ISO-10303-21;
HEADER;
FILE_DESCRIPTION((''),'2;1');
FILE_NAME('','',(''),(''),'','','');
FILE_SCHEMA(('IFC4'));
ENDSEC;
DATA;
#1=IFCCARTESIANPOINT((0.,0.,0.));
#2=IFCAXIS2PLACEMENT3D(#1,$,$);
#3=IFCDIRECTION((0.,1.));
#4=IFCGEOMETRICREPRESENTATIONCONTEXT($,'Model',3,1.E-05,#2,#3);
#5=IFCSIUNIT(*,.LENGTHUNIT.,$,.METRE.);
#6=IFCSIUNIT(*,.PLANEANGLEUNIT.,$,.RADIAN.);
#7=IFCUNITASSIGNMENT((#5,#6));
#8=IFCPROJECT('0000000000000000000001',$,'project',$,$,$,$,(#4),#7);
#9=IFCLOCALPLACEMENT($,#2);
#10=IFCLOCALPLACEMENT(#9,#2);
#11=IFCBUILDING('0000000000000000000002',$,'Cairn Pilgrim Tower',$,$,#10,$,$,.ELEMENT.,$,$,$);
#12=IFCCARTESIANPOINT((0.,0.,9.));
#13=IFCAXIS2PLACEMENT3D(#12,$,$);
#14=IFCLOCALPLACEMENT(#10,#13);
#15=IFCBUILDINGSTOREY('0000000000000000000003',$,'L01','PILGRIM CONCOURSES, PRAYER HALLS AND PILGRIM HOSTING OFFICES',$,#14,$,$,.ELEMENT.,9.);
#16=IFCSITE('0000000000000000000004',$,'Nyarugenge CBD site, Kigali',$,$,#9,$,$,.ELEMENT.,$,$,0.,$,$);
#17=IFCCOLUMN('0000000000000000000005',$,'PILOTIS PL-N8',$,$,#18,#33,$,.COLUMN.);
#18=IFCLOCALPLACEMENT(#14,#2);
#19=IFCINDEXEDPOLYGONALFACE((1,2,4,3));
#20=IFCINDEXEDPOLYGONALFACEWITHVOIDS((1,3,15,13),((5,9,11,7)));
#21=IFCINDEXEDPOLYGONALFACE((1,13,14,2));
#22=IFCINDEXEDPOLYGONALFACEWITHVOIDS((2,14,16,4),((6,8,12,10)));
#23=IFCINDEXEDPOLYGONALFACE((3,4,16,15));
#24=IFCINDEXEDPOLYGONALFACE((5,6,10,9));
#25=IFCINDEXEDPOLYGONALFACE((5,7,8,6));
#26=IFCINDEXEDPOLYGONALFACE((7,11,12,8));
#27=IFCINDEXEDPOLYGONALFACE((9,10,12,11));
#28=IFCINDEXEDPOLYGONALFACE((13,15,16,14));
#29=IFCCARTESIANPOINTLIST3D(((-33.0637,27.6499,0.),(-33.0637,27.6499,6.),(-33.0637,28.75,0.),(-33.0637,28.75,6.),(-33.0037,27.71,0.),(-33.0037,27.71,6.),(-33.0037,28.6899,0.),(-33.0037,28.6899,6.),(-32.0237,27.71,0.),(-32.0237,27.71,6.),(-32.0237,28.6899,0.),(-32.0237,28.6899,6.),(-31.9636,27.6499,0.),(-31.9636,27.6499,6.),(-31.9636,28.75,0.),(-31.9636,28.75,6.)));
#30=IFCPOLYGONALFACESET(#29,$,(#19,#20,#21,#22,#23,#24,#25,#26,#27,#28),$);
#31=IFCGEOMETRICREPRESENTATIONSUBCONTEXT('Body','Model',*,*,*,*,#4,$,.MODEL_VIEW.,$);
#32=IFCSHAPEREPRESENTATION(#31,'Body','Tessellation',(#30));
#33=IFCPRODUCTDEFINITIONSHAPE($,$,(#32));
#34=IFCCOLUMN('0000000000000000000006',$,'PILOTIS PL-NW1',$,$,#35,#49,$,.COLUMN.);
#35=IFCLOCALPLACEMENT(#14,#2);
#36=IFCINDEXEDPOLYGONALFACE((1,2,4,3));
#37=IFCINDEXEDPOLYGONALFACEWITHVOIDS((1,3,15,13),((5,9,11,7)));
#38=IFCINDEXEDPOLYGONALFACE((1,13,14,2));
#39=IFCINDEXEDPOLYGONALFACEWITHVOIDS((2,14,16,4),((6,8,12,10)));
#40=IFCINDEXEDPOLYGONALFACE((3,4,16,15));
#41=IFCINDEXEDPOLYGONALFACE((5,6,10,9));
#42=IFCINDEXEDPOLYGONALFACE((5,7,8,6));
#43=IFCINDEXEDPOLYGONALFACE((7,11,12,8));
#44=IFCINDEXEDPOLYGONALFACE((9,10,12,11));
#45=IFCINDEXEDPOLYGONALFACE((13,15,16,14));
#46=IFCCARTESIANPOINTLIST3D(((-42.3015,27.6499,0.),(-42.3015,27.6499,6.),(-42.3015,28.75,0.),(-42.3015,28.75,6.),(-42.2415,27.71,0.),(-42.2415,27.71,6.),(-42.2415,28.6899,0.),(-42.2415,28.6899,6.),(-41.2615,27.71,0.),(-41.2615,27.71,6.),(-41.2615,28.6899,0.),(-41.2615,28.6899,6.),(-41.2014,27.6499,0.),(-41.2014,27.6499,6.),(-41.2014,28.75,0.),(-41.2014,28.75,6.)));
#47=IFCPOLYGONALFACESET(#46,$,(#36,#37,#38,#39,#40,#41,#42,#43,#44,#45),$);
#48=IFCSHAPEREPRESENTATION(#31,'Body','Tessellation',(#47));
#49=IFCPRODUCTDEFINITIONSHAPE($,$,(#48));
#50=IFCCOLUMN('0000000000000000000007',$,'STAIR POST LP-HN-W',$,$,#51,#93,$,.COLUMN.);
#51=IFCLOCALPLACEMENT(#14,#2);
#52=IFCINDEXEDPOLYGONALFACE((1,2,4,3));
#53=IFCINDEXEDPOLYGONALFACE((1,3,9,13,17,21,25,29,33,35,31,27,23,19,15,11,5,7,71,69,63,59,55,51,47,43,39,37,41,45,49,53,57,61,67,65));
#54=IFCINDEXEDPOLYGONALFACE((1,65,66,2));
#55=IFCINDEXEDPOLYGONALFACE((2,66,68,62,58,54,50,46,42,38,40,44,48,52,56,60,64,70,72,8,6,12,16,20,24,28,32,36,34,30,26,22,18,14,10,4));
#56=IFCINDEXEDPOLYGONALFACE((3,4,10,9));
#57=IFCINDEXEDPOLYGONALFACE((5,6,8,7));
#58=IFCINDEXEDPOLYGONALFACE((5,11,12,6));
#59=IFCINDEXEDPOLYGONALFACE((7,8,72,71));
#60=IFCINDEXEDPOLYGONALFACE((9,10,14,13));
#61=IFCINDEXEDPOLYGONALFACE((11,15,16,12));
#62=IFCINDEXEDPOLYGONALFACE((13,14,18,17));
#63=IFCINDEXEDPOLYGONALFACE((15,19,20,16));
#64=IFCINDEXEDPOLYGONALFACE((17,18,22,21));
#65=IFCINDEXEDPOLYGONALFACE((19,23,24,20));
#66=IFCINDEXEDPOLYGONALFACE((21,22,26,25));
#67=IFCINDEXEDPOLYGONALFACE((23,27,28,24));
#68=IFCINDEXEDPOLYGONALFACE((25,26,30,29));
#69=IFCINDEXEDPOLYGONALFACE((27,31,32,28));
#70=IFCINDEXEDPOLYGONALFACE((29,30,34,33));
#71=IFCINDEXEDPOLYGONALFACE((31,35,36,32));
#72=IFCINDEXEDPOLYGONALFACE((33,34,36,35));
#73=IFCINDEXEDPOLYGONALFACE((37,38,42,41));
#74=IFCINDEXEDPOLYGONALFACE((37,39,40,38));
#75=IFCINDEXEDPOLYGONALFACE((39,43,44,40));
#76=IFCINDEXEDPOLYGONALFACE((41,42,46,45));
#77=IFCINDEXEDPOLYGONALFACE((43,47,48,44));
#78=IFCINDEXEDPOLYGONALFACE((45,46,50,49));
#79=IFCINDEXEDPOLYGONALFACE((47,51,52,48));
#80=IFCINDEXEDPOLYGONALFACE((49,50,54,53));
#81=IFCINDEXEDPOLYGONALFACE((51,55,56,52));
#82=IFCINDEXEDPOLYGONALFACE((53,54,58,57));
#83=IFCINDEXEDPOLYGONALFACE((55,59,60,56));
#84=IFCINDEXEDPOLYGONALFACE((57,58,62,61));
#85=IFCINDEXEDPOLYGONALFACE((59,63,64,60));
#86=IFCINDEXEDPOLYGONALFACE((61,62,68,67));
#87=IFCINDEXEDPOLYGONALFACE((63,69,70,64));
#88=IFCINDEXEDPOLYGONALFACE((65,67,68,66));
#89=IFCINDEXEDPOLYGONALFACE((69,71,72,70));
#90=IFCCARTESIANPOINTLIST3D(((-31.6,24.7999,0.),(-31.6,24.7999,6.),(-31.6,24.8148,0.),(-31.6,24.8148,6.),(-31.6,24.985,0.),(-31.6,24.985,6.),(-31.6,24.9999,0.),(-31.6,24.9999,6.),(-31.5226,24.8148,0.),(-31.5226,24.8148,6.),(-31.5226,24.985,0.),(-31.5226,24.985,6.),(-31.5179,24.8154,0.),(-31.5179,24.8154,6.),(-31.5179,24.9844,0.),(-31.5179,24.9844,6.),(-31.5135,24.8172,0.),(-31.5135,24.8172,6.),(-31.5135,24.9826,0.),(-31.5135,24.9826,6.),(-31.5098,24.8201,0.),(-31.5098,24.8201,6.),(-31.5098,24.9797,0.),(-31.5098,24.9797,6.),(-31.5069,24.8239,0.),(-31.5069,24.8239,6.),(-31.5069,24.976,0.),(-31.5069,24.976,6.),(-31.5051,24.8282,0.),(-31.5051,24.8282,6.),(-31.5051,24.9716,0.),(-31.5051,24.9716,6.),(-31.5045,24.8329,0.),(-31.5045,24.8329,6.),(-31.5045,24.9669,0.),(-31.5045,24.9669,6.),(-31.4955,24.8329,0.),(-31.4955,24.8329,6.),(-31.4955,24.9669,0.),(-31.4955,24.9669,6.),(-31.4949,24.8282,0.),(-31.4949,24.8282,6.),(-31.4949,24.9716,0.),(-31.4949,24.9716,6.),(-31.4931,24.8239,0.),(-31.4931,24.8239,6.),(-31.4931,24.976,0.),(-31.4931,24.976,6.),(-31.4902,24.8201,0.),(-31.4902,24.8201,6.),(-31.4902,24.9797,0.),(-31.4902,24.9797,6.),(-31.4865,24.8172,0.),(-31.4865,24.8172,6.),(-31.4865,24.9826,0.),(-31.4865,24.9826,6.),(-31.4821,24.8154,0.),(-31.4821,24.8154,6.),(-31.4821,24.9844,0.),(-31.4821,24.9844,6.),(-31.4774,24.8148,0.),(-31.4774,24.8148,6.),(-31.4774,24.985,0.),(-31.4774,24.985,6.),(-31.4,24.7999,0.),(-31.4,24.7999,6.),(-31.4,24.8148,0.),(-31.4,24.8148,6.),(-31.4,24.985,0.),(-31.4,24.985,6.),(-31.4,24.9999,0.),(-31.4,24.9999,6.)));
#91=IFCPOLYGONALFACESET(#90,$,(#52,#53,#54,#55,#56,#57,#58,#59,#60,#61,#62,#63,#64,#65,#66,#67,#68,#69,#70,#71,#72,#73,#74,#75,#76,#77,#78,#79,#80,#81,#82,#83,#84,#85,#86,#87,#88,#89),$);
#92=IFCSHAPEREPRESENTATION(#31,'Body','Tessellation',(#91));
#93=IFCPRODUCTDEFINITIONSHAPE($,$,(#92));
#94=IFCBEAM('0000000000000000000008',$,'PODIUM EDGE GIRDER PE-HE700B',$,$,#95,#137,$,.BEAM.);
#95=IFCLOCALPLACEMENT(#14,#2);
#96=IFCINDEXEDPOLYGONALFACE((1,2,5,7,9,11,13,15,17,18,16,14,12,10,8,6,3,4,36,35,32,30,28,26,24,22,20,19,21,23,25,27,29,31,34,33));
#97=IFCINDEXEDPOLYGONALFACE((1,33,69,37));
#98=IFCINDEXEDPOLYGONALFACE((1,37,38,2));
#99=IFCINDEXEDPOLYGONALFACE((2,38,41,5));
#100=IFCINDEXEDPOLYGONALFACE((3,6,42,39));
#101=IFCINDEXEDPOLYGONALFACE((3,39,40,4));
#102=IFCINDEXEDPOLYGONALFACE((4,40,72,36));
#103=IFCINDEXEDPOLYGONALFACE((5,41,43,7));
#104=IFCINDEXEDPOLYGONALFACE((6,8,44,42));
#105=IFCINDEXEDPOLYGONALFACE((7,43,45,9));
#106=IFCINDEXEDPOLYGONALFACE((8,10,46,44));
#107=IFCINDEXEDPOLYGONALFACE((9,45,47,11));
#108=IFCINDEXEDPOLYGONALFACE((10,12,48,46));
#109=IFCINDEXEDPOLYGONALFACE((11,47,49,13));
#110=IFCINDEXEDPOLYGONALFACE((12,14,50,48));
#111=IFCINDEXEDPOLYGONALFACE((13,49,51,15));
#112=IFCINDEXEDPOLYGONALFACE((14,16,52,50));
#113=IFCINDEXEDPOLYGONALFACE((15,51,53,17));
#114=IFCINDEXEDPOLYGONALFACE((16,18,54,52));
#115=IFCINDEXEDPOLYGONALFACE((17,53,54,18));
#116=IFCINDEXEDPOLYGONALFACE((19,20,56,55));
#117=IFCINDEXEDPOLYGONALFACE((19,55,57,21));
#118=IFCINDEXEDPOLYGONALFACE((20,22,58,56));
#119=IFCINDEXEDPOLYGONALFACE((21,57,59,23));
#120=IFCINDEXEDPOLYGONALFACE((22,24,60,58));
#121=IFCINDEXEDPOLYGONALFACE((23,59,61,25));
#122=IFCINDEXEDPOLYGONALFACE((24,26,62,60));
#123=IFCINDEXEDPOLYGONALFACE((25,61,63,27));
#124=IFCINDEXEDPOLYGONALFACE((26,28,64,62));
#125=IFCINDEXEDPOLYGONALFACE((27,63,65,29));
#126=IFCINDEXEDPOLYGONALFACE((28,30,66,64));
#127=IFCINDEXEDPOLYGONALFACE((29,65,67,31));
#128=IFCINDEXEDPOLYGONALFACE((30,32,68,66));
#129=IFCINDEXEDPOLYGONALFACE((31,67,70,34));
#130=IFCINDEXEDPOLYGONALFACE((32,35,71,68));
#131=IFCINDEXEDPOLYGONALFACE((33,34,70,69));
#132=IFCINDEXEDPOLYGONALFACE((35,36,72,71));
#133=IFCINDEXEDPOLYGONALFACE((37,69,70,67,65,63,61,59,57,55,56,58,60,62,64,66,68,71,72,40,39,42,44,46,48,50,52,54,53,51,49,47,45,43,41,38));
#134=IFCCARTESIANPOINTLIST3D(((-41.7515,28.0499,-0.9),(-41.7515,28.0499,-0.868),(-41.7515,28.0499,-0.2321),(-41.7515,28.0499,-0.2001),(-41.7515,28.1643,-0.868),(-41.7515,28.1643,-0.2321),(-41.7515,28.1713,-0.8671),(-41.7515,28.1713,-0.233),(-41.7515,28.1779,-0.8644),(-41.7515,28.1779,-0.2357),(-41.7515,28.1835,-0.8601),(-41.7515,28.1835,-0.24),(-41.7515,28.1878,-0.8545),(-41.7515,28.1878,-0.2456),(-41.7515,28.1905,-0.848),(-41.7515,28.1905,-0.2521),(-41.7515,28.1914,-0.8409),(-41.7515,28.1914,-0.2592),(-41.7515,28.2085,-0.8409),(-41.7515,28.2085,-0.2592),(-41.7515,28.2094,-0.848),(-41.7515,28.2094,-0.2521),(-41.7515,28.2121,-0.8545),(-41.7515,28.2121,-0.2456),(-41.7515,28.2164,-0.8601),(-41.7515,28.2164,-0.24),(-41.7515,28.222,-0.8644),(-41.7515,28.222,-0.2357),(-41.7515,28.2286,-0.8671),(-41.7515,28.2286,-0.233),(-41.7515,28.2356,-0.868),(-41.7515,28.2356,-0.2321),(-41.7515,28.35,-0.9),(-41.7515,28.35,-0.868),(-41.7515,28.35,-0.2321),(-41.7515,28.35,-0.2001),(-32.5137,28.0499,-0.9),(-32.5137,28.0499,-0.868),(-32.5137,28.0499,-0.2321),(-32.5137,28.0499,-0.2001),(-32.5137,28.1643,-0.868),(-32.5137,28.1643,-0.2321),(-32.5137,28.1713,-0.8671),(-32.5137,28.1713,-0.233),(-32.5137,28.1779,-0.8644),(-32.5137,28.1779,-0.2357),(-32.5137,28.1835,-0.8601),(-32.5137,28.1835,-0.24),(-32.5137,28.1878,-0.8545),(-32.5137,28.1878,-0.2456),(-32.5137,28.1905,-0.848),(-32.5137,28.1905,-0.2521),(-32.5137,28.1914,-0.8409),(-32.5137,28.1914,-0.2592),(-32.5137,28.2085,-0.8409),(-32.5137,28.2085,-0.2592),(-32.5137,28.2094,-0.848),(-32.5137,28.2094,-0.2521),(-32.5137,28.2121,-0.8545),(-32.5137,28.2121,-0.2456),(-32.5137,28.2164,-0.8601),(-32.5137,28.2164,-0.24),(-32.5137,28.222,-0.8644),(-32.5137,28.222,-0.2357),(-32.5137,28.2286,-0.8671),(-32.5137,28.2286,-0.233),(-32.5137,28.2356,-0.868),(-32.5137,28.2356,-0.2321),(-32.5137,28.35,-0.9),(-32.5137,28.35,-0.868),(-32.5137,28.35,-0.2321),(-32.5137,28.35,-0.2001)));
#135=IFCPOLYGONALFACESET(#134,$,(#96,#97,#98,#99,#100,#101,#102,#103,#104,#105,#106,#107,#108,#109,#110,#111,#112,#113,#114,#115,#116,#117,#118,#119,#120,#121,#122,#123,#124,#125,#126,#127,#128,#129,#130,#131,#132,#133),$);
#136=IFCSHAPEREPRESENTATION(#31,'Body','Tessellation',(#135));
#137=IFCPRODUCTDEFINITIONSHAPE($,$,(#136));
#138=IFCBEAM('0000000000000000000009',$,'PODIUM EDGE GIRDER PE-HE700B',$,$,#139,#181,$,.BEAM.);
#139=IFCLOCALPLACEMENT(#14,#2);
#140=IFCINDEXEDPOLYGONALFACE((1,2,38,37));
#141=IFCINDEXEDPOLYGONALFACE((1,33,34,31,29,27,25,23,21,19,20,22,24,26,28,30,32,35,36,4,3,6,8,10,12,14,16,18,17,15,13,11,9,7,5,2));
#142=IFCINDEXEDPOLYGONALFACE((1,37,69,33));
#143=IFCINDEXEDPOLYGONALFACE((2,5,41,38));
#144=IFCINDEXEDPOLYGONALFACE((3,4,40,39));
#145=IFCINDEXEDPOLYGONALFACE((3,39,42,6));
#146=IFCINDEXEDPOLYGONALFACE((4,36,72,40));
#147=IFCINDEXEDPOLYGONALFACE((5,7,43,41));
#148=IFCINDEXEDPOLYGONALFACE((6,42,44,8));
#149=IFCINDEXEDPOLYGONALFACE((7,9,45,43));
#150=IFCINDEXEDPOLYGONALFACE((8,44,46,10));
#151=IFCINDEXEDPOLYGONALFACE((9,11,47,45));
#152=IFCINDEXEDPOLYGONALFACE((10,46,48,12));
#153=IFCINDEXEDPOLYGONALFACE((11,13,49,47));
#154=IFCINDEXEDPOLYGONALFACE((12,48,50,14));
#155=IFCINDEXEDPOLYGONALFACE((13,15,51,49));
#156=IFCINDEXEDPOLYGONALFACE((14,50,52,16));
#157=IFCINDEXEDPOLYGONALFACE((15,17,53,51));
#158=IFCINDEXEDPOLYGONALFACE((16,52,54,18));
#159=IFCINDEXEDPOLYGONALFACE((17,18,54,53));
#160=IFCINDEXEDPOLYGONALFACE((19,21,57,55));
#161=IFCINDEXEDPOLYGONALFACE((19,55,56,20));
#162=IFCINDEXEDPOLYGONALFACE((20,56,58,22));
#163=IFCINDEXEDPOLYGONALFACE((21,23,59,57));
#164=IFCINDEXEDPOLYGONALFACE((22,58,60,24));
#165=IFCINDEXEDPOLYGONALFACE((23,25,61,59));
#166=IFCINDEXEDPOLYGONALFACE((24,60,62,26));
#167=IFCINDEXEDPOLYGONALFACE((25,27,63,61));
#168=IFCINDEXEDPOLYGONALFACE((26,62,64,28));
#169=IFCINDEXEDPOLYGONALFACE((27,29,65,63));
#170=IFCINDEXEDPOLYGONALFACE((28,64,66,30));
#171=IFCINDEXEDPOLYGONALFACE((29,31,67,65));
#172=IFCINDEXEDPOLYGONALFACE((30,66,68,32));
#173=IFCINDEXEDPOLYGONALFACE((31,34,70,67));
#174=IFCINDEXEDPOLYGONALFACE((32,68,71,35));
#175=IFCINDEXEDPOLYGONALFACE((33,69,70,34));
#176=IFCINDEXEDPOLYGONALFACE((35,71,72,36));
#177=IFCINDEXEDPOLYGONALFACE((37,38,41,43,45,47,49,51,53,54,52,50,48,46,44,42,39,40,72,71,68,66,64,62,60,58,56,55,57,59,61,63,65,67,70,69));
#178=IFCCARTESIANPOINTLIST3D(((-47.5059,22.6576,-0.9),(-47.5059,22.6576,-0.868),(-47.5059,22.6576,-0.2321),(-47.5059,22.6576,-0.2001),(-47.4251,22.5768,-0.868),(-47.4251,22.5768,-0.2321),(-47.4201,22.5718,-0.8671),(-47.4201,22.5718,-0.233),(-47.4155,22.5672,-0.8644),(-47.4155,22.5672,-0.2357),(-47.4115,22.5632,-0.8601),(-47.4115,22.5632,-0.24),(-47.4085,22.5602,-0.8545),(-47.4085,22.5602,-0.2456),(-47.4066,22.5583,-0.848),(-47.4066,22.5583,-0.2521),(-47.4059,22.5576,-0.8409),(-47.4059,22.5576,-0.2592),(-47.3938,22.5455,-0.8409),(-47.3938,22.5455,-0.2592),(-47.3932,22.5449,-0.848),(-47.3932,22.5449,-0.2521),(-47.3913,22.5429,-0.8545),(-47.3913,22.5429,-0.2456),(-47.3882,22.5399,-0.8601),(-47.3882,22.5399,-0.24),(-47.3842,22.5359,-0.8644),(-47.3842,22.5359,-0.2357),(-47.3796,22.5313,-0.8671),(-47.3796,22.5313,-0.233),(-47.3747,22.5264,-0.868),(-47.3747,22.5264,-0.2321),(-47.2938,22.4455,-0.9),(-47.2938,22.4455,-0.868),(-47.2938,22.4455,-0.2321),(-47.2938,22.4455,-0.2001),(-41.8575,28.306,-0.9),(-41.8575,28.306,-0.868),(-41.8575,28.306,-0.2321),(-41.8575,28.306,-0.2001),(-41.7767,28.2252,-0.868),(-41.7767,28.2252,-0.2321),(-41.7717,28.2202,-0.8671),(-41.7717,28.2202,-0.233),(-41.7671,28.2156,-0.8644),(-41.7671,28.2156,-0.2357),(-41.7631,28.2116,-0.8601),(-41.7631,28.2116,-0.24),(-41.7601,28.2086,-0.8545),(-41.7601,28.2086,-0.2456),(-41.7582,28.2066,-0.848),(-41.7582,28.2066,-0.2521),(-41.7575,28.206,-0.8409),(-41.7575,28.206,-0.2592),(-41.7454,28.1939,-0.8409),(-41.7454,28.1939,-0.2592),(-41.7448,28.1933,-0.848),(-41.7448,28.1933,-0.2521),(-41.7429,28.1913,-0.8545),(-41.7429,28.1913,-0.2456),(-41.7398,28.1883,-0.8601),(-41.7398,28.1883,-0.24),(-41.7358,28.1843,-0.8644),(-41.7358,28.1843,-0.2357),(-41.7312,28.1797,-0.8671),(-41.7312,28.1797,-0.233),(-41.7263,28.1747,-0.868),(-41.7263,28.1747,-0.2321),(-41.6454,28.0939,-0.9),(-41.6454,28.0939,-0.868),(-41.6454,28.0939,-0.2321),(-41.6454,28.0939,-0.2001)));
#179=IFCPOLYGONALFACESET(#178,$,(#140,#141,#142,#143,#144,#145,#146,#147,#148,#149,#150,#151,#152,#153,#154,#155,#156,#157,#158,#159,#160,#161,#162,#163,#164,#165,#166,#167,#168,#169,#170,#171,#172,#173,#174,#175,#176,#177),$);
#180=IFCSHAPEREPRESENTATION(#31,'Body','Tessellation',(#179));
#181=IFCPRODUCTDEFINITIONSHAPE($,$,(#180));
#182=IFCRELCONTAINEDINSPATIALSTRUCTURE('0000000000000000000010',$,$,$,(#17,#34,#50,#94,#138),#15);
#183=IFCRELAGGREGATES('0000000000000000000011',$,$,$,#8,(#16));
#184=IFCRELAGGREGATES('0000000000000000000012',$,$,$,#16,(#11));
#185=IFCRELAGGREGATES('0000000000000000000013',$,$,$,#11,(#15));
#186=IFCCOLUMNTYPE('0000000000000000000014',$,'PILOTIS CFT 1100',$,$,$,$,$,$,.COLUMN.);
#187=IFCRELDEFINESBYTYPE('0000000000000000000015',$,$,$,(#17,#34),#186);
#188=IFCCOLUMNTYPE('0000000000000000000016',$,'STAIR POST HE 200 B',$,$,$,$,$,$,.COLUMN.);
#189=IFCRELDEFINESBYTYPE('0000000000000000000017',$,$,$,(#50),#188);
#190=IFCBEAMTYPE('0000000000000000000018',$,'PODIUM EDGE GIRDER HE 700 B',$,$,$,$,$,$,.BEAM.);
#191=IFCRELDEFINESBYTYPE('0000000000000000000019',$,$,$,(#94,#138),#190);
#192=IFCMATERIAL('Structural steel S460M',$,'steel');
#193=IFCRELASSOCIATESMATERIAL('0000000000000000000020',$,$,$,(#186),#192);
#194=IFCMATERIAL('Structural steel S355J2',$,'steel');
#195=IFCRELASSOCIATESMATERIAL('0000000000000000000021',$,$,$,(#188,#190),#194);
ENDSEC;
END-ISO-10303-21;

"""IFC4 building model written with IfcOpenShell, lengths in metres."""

from ifc_helpers import new_model, si_unit, direction, frame, origin, origin_2d, place, context, subcontext, project, spatial, hollow_rectangle, i_section, extrude, material, material_profile, profile_set, type_object, element, save


model = new_model("IFC4")

# Units and contexts
model_context = context("Model", 3, precision=1e-05, world=origin(), true_north=direction((0.0, 1.0)))
body_context = subcontext(model_context, "Body", "Model", "MODEL_VIEW")
ifc_project = project(units=[si_unit("LENGTHUNIT", "METRE"), si_unit("PLANEANGLEUNIT", "RADIAN")], contexts=[model_context])

# Site, building, storey
site_placement = place(None, origin())
site = spatial("IfcSite", under=ifc_project, at=site_placement, Name="Nyarugenge CBD site, Kigali", CompositionType="ELEMENT", RefElevation=0.0)
building_placement = place(site_placement, origin())
building = spatial("IfcBuilding", under=site, at=building_placement, Name="Cairn Pilgrim Tower", CompositionType="ELEMENT")
storey_placement = place(building_placement, frame((0.0, 0.0, 9.0)))
storey = spatial("IfcBuildingStorey", under=building, at=storey_placement, Name="L01", Description="PILGRIM CONCOURSES, PRAYER HALLS AND PILGRIM HOSTING OFFICES", CompositionType="ELEMENT", Elevation=9.0)

# Columns
ifc_material_1 = material(Name="Structural steel S460M", Category="steel")
ifc_material_profile_1 = material_profile(ifc_material_1, hollow_rectangle(XDim=1.1001, YDim=1.1001, WallThickness=0.0601, at=origin_2d()), Name="BOX 1100x1100x60")
ifc_profile_set_1 = profile_set([ifc_material_profile_1], Name="Structural steel S460M")
column_type_1 = type_object("IfcColumnType", Name="PILOTIS CFT 1100", PredefinedType="COLUMN", material=ifc_profile_set_1)
for number, where, z_axis, x_axis, name in (
    (1, (-32.5137, 28.2, 0.0), (0.0, 0.0, 1.0), (1.0, 0.0, 0.0), "PILOTIS PL-N8"),
    (2, (-41.7515, 28.2, 0.0), (0.0, 0.0, 1.0), (1.0, 0.0, 0.0), "PILOTIS PL-NW1"),
):
    element("IfcColumn", number, at=place(storey_placement, frame(where, z_axis=z_axis, x_axis=x_axis)), inside=storey, type_object=column_type_1, Name=name, PredefinedType="COLUMN", context=body_context, shape_type="SweptSolid", body=[
        extrude(hollow_rectangle(XDim=1.1001, YDim=1.1001, WallThickness=0.0601, at=origin_2d()), origin(), (0.0, 0.0, 1.0), 6.0),
    ])
ifc_material_2 = material(Name="Structural steel S355J2", Category="steel")
ifc_material_profile_2 = material_profile(ifc_material_2, i_section(OverallWidth=0.2, OverallDepth=0.2, WebThickness=0.009, FlangeThickness=0.0149, FilletRadius=0.0181, at=origin_2d()), Name="HE 200 B")
ifc_profile_set_2 = profile_set([ifc_material_profile_2], Name="Structural steel S355J2")
column_type_2 = type_object("IfcColumnType", Name="STAIR POST HE 200 B", PredefinedType="COLUMN", material=ifc_profile_set_2)
column_placement = place(storey_placement, frame((-31.5, 24.8999, 0.0), z_axis=(0.0, 0.0, 1.0), x_axis=(1.0, 0.0, 0.0)))
element("IfcColumn", 3, at=column_placement, inside=storey, type_object=column_type_2, Name="STAIR POST LP-HN-W", PredefinedType="COLUMN", context=body_context, shape_type="SweptSolid", body=[
    extrude(i_section(OverallWidth=0.2, OverallDepth=0.2, WebThickness=0.009, FlangeThickness=0.0149, FilletRadius=0.0181, at=origin_2d()), origin(), (0.0, 0.0, 1.0), 6.0),
])

# Beams
ifc_material_profile_3 = material_profile(ifc_material_2, i_section(OverallWidth=0.3, OverallDepth=0.7, WebThickness=0.0171, FlangeThickness=0.032, FilletRadius=0.0271, at=origin_2d()), Name="HEB 700")
ifc_profile_set_3 = profile_set([ifc_material_profile_3], Name="Structural steel S355J2")
beam_type_1 = type_object("IfcBeamType", Name="PODIUM EDGE GIRDER HE 700 B", PredefinedType="BEAM", material=ifc_profile_set_3)
beam_1_placement = place(storey_placement, frame((-32.5137, 28.2, -0.55), z_axis=(-1.0, 0.0, 0.0), x_axis=(0.0, -1.0, 0.0)))
element("IfcBeam", 4, at=beam_1_placement, inside=storey, type_object=beam_type_1, Name="PODIUM EDGE GIRDER PE-HE700B", PredefinedType="BEAM", context=body_context, shape_type="SweptSolid", body=[
    extrude(i_section(OverallWidth=0.3, OverallDepth=0.7, WebThickness=0.0171, FlangeThickness=0.032, FilletRadius=0.0271, at=origin_2d()), origin(), (0.0, 0.0, 1.0), 9.2378),
])
beam_2_placement = place(storey_placement, frame((-41.7515, 28.2, -0.55), z_axis=(-0.707107, -0.707107, 0.0), x_axis=(0.707107, -0.707107, 0.0)))
element("IfcBeam", 5, at=beam_2_placement, inside=storey, type_object=beam_type_1, Name="PODIUM EDGE GIRDER PE-HE700B", PredefinedType="BEAM", context=body_context, shape_type="SweptSolid", body=[
    extrude(i_section(OverallWidth=0.3, OverallDepth=0.7, WebThickness=0.0171, FlangeThickness=0.032, FilletRadius=0.0271, at=origin_2d()), origin(), (0.0, 0.0, 1.0), 7.988),
])

save(model, "model.ifc")
